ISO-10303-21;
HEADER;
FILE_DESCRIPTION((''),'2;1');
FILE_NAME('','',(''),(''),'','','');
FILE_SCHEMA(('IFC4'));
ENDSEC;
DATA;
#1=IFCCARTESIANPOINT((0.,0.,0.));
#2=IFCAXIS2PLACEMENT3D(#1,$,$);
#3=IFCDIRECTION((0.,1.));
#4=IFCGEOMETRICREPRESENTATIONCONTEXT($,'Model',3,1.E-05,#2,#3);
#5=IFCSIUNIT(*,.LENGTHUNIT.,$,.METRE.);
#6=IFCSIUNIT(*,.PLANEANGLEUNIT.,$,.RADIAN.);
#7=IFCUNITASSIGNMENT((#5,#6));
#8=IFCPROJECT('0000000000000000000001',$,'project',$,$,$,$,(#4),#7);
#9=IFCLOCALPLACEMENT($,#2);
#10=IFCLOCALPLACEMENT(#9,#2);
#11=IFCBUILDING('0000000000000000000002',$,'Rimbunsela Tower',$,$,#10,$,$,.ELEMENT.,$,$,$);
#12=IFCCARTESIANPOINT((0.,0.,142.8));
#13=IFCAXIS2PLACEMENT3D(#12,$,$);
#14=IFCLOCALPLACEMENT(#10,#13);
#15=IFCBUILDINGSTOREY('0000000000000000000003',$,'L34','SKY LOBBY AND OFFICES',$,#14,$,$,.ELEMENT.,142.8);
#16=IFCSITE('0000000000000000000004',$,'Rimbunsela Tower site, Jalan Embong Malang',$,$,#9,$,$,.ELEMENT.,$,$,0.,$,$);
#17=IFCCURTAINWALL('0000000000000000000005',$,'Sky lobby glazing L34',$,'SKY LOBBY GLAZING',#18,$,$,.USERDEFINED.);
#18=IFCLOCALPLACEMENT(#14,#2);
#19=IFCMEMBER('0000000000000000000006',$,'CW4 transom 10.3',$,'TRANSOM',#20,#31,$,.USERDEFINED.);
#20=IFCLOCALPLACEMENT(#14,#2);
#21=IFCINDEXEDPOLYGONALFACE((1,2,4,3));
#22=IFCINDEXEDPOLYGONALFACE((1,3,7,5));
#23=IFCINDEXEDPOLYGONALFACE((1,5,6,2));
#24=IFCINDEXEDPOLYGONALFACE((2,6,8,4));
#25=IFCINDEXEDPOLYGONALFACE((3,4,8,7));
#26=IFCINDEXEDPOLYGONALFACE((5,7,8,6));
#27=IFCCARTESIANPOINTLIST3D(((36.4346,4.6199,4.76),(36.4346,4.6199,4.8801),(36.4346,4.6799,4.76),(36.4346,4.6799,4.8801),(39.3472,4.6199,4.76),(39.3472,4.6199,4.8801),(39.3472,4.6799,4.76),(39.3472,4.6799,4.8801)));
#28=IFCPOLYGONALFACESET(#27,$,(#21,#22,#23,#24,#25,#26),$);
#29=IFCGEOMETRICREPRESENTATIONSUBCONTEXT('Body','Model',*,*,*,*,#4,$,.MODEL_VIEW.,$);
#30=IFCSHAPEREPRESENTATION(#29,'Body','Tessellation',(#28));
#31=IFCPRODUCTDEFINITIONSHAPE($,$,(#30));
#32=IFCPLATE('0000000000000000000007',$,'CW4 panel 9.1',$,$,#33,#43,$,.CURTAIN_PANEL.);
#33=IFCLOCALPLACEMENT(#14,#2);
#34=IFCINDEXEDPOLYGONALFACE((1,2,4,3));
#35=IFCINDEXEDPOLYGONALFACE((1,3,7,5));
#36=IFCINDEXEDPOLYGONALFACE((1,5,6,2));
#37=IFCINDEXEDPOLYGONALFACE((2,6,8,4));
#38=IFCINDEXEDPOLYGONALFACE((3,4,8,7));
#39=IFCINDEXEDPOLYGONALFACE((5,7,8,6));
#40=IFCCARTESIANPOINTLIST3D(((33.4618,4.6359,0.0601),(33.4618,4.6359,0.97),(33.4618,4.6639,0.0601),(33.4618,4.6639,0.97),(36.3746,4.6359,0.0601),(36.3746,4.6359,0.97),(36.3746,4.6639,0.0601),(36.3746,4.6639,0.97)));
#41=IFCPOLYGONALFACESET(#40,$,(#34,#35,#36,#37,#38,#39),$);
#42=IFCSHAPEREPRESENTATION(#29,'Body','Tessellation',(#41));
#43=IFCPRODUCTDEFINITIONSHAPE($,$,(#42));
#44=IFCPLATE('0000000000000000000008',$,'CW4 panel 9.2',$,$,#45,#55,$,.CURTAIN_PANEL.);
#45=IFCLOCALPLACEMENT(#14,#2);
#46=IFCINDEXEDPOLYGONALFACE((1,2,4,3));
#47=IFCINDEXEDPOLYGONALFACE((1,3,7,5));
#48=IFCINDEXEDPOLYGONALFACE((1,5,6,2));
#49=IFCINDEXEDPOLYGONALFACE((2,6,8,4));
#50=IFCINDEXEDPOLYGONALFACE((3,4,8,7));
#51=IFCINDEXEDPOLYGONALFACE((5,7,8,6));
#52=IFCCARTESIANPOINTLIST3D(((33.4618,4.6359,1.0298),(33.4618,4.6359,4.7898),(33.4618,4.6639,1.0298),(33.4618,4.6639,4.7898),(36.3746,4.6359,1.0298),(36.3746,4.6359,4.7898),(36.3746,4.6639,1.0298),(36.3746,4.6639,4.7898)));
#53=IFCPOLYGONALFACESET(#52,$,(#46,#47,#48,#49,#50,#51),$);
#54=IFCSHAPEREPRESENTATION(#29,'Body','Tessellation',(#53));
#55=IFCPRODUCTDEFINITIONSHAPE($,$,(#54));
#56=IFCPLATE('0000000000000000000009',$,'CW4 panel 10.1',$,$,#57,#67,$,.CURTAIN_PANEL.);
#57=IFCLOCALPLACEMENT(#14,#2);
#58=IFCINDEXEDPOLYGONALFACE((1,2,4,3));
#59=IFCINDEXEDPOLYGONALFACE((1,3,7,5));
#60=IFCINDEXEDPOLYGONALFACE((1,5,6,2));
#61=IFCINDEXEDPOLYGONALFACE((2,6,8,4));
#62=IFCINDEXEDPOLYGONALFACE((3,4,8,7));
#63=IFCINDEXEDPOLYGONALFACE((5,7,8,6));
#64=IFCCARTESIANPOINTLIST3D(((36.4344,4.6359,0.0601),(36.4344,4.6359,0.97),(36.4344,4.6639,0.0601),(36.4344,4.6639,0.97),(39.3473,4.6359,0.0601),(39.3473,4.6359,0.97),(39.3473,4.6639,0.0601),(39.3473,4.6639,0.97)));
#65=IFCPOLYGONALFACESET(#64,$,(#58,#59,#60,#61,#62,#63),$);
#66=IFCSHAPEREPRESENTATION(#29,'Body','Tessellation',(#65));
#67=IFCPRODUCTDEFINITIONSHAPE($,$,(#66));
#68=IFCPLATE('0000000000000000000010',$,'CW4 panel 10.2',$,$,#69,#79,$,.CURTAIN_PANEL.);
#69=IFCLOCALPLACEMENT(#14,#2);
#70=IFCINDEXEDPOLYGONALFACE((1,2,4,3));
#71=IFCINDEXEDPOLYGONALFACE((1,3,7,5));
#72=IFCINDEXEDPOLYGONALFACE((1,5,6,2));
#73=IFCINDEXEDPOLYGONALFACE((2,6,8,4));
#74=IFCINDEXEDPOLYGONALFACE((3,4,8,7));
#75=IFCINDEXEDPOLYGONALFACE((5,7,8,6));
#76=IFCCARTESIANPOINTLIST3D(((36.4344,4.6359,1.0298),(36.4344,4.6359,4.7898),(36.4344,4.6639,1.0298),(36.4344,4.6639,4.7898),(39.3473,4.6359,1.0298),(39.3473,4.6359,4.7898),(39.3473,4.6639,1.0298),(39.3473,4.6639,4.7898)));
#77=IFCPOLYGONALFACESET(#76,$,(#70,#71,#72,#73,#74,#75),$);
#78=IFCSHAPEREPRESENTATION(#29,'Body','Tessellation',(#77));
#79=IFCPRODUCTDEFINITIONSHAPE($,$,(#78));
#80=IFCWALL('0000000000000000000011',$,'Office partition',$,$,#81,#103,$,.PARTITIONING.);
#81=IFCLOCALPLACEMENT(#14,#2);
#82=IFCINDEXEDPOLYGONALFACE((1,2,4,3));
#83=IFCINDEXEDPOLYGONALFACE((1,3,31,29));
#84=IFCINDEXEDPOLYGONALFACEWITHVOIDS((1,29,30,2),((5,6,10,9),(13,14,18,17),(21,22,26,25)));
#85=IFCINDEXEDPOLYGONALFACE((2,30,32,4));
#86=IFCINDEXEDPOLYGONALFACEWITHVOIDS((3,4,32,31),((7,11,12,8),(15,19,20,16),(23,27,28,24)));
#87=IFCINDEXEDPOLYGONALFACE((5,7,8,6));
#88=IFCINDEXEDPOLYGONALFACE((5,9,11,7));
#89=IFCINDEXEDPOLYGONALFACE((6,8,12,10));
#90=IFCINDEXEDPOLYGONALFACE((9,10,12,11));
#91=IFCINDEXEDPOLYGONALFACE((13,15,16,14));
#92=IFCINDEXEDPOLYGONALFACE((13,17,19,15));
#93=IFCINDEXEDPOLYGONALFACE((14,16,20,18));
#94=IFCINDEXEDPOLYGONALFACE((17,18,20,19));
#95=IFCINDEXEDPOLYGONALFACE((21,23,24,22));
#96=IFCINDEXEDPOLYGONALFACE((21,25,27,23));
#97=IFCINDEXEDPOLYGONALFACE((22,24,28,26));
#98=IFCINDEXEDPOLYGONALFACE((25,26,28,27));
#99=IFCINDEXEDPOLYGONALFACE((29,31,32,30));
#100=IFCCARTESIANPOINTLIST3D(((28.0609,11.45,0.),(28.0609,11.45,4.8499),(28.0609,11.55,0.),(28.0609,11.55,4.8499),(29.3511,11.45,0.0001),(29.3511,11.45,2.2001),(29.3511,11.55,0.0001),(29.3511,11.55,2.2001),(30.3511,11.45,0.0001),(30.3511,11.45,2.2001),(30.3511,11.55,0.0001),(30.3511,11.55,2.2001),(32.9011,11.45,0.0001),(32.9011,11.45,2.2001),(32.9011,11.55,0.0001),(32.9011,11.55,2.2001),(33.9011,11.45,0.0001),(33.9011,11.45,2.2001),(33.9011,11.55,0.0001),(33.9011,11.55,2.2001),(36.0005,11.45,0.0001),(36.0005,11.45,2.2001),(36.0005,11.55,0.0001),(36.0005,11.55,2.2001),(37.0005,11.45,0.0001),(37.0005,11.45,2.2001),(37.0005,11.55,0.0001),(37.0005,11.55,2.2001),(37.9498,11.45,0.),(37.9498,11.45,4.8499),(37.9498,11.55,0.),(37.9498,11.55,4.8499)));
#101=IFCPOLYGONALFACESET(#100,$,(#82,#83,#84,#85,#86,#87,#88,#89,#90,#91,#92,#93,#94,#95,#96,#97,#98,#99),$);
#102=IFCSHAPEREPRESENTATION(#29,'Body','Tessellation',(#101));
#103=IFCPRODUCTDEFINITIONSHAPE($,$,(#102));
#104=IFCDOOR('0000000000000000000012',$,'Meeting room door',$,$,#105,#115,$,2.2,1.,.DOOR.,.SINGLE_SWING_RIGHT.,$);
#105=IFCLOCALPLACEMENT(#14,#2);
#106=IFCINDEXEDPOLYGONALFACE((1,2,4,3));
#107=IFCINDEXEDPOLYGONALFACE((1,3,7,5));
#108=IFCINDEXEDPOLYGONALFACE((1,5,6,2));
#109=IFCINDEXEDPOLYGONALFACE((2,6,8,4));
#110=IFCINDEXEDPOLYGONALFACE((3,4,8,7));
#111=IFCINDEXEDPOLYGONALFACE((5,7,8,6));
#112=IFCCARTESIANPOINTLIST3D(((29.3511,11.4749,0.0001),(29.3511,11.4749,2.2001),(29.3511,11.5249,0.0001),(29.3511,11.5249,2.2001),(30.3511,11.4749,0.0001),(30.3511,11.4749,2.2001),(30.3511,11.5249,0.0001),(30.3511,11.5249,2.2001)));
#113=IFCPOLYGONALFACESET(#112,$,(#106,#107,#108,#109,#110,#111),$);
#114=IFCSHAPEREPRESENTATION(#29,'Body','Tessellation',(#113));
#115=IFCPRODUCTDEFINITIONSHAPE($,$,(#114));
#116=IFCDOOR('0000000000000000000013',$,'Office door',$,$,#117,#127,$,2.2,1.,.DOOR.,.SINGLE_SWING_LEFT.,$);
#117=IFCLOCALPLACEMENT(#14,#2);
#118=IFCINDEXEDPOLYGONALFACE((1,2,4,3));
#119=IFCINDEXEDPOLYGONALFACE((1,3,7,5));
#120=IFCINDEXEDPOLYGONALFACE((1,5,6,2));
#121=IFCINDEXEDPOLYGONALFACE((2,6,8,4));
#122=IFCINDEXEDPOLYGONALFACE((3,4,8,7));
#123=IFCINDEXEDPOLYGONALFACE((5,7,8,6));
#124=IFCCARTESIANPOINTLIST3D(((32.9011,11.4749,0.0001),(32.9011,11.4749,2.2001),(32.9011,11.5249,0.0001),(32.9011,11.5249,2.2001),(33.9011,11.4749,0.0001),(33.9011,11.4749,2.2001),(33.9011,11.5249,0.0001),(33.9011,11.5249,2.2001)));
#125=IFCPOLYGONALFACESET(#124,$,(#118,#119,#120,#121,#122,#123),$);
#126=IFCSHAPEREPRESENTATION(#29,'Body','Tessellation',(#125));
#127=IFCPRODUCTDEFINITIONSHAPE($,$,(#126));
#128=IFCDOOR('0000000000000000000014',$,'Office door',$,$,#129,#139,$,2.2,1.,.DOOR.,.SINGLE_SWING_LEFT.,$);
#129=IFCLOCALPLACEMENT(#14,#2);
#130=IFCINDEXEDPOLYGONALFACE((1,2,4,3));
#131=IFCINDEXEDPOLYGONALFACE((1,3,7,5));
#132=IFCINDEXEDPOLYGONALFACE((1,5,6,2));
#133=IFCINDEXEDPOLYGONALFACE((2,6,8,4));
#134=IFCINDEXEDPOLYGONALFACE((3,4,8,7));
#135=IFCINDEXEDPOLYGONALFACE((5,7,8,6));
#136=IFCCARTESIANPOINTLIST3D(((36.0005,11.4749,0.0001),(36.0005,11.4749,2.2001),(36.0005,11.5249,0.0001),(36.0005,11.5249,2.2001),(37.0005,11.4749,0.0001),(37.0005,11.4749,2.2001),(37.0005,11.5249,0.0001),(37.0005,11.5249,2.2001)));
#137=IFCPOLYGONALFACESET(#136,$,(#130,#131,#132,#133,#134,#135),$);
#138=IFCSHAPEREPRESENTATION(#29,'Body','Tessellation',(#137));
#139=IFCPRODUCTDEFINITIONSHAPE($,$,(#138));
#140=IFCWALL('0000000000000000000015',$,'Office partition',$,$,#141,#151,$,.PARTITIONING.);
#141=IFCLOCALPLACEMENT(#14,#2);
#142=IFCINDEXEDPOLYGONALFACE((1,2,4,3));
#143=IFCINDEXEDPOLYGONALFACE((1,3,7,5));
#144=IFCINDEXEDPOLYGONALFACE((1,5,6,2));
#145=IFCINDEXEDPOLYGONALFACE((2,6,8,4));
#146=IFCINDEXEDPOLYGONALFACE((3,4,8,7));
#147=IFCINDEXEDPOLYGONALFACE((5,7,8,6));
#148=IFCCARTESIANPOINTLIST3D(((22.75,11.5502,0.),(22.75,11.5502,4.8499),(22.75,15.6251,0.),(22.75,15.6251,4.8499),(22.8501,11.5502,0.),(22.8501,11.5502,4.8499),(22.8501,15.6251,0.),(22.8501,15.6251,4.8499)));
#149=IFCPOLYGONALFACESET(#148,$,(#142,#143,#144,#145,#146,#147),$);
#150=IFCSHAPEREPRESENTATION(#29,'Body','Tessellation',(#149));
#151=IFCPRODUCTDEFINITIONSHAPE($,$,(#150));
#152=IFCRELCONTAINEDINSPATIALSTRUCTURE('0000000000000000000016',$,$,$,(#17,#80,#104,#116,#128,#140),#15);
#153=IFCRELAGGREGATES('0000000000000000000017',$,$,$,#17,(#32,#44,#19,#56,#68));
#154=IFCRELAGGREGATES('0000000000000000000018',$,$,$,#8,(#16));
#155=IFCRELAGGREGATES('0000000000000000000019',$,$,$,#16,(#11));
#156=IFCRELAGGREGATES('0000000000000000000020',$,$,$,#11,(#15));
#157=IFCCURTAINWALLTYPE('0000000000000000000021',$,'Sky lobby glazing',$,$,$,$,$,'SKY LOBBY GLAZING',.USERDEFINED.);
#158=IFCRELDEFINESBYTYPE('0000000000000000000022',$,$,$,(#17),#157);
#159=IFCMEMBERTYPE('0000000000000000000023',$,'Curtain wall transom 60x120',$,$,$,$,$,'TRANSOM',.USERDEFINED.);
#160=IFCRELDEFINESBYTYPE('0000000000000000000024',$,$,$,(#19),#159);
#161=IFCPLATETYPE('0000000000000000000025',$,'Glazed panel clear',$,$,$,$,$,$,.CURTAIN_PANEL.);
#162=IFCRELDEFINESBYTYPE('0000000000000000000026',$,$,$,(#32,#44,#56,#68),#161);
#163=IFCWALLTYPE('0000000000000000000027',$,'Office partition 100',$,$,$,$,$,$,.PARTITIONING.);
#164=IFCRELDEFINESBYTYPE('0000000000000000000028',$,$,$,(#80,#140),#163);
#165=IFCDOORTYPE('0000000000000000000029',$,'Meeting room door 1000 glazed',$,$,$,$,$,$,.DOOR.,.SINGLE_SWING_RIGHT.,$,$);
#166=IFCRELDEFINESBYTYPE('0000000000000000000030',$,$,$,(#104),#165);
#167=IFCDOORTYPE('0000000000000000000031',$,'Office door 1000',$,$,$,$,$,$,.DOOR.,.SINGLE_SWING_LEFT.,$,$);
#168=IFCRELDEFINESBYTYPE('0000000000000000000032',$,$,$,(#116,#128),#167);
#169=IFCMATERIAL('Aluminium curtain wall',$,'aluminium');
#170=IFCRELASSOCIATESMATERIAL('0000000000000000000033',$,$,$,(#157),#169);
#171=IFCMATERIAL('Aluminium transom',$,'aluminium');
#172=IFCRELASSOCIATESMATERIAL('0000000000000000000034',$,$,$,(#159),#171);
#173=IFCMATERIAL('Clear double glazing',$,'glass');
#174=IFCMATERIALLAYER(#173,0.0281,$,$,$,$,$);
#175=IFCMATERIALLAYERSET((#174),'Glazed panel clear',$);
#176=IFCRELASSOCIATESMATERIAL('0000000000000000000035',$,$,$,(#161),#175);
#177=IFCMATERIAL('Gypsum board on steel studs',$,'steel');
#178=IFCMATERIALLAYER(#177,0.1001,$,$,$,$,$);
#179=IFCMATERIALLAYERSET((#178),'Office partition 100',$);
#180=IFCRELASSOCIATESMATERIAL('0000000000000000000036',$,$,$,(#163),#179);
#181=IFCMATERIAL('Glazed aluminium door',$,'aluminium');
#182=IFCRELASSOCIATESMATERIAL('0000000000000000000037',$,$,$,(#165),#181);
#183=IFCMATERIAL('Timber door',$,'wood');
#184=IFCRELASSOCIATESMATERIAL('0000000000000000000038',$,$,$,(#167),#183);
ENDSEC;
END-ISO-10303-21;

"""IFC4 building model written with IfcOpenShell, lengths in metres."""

from ifc_helpers import new_model, si_unit, direction, frame, frame_2d, origin, origin_2d, place, context, subcontext, project, spatial, rectangle, extrude, material, layer, layer_set, material_profile, profile_set, type_object, element, fill, aggregate, save


model = new_model("IFC4")

# Units and contexts
model_context = context("Model", 3, precision=1e-05, world=origin(), true_north=direction((0.0, 1.0)))
body_context = subcontext(model_context, "Body", "Model", "MODEL_VIEW")
ifc_project = project(units=[si_unit("LENGTHUNIT", "METRE"), si_unit("PLANEANGLEUNIT", "RADIAN")], contexts=[model_context])

# Site, building, storey
site_placement = place(None, origin())
site = spatial("IfcSite", under=ifc_project, at=site_placement, Name="Rimbunsela Tower site, Jalan Embong Malang", CompositionType="ELEMENT", RefElevation=0.0)
building_placement = place(site_placement, origin())
building = spatial("IfcBuilding", under=site, at=building_placement, Name="Rimbunsela Tower", CompositionType="ELEMENT")
storey_placement = place(building_placement, frame((0.0, 0.0, 142.8)))
storey = spatial("IfcBuildingStorey", under=building, at=storey_placement, Name="L34", Description="SKY LOBBY AND OFFICES", CompositionType="ELEMENT", Elevation=142.8)

# Curtain wall, member, plates
ifc_material_1 = material(Name="Aluminium curtain wall", Category="aluminium")
curtain_wall_type = type_object("IfcCurtainWallType", Name="Sky lobby glazing", ElementType="SKY LOBBY GLAZING", PredefinedType="USERDEFINED", material=ifc_material_1)
curtain_wall_placement = place(storey_placement, origin())
curtain_wall = element("IfcCurtainWall", 1, at=curtain_wall_placement, inside=storey, type_object=curtain_wall_type, Name="Sky lobby glazing L34", ObjectType="SKY LOBBY GLAZING", PredefinedType="USERDEFINED")
ifc_material_2 = material(Name="Aluminium transom", Category="aluminium")
ifc_material_profile_1 = material_profile(ifc_material_2, rectangle(XDim=0.0601, YDim=0.1201, at=origin_2d()), Name="Transom 60x120")
ifc_profile_set_1 = profile_set([ifc_material_profile_1], Name="Aluminium transom")
member_type_1 = type_object("IfcMemberType", Name="Curtain wall transom 60x120", ElementType="TRANSOM", PredefinedType="USERDEFINED", material=ifc_profile_set_1)
member_1_placement = place(storey_placement, frame((36.4346, 4.6499, 4.8201), z_axis=(1.0, 0.0, 0.0), x_axis=(0.0, 1.0, 0.0)))
member_1 = element("IfcMember", 2, at=member_1_placement, type_object=member_type_1, Name="CW4 transom 10.3", ObjectType="TRANSOM", PredefinedType="USERDEFINED", context=body_context, shape_type="SweptSolid", body=[
    extrude(rectangle(XDim=0.0601, YDim=0.1201, at=origin_2d()), origin(), (0.0, 0.0, 1.0), 2.9126),
])
ifc_material_3 = material(Name="Clear double glazing", Category="glass")
ifc_layer_1 = layer(ifc_material_3, 0.0281)
ifc_layer_set_1 = layer_set([ifc_layer_1], Name="Glazed panel clear")
plate_type = type_object("IfcPlateType", Name="Glazed panel clear", PredefinedType="CURTAIN_PANEL", material=ifc_layer_set_1)
plate_1_placement = place(storey_placement, frame((34.9182, 4.6499, 0.0601), z_axis=(0.0, 0.0, 1.0), x_axis=(1.0, 0.0, 0.0)))
plate_1 = element("IfcPlate", 3, at=plate_1_placement, type_object=plate_type, Name="CW4 panel 9.1", PredefinedType="CURTAIN_PANEL", context=body_context, shape_type="SweptSolid", body=[
    extrude(rectangle(XDim=2.9128, YDim=0.0281, at=origin_2d()), origin(), (0.0, 0.0, 1.0), 0.9099),
])
plate_2_placement = place(storey_placement, frame((34.9182, 4.6499, 1.0298), z_axis=(0.0, 0.0, 1.0), x_axis=(1.0, 0.0, 0.0)))
plate_2 = element("IfcPlate", 4, at=plate_2_placement, type_object=plate_type, Name="CW4 panel 9.2", PredefinedType="CURTAIN_PANEL", context=body_context, shape_type="SweptSolid", body=[
    extrude(rectangle(XDim=2.9128, YDim=0.0281, at=origin_2d()), origin(), (0.0, 0.0, 1.0), 3.76),
])
plate_3_placement = place(storey_placement, frame((37.8909, 4.6499, 0.0601), z_axis=(0.0, 0.0, 1.0), x_axis=(1.0, 0.0, 0.0)))
plate_3 = element("IfcPlate", 5, at=plate_3_placement, type_object=plate_type, Name="CW4 panel 10.1", PredefinedType="CURTAIN_PANEL", context=body_context, shape_type="SweptSolid", body=[
    extrude(rectangle(XDim=2.9128, YDim=0.0281, at=origin_2d()), origin(), (0.0, 0.0, 1.0), 0.9099),
])
plate_4_placement = place(storey_placement, frame((37.8909, 4.6499, 1.0298), z_axis=(0.0, 0.0, 1.0), x_axis=(1.0, 0.0, 0.0)))
plate_4 = element("IfcPlate", 6, at=plate_4_placement, type_object=plate_type, Name="CW4 panel 10.2", PredefinedType="CURTAIN_PANEL", context=body_context, shape_type="SweptSolid", body=[
    extrude(rectangle(XDim=2.9128, YDim=0.0281, at=origin_2d()), origin(), (0.0, 0.0, 1.0), 3.76),
])
aggregate(curtain_wall, [plate_1, plate_2, member_1, plate_3, plate_4])

# Wall, openings, doors
ifc_material_4 = material(Name="Gypsum board on steel studs", Category="steel")
ifc_layer_2 = layer(ifc_material_4, 0.1001)
ifc_layer_set_2 = layer_set([ifc_layer_2], Name="Office partition 100")
wall_type = type_object("IfcWallType", Name="Office partition 100", PredefinedType="PARTITIONING", material=ifc_layer_set_2)
wall_1_placement = place(storey_placement, frame((28.061, 11.5, 0.0), z_axis=(0.0, 0.0, 1.0), x_axis=(1.0, 0.0, 0.0)))
wall_1 = element("IfcWall", 7, at=wall_1_placement, inside=storey, type_object=wall_type, Name="Office partition", PredefinedType="PARTITIONING", context=body_context, shape_type="SweptSolid", body=[
    extrude(rectangle(XDim=9.8889, YDim=0.1001, at=frame_2d((4.9443, 0.0))), origin(), (0.0, 0.0, 1.0), 4.8499),
])
opening_1_placement = place(wall_1_placement, frame((1.29, 0.0, 0.0)))
opening_1 = element("IfcOpeningElement", 8, at=opening_1_placement, cuts=wall_1, PredefinedType="OPENING", context=body_context, shape_type="SweptSolid", body=[
    extrude(rectangle(XDim=1.0, YDim=2.2, at=frame_2d((0.5, 1.1001))), frame((0.0, 0.0601, 0.0), z_axis=(0.0, -1.0, 0.0), x_axis=(1.0, 0.0, 0.0)), (0.0, 0.0, 1.0), 0.1201),
])
opening_2_placement = place(wall_1_placement, frame((4.8401, 0.0, 0.0)))
opening_2 = element("IfcOpeningElement", 9, at=opening_2_placement, cuts=wall_1, PredefinedType="OPENING", context=body_context, shape_type="SweptSolid", body=[
    extrude(rectangle(XDim=1.0, YDim=2.2, at=frame_2d((0.5, 1.1001))), frame((0.0, 0.0601, 0.0), z_axis=(0.0, -1.0, 0.0), x_axis=(1.0, 0.0, 0.0)), (0.0, 0.0, 1.0), 0.1201),
])
opening_3_placement = place(wall_1_placement, frame((7.9395, 0.0, 0.0)))
opening_3 = element("IfcOpeningElement", 10, at=opening_3_placement, cuts=wall_1, PredefinedType="OPENING", context=body_context, shape_type="SweptSolid", body=[
    extrude(rectangle(XDim=1.0, YDim=2.2, at=frame_2d((0.5, 1.1001))), frame((0.0, 0.0601, 0.0), z_axis=(0.0, -1.0, 0.0), x_axis=(1.0, 0.0, 0.0)), (0.0, 0.0, 1.0), 0.1201),
])
ifc_material_5 = material(Name="Glazed aluminium door", Category="aluminium")
door_type_1 = type_object("IfcDoorType", Name="Meeting room door 1000 glazed", OperationType="SINGLE_SWING_RIGHT", PredefinedType="DOOR", material=ifc_material_5)
door_1_placement = place(opening_1_placement, origin())
door_1 = element("IfcDoor", 11, at=door_1_placement, inside=storey, type_object=door_type_1, Name="Meeting room door", OperationType="SINGLE_SWING_RIGHT", OverallHeight=2.2, OverallWidth=1.0, PredefinedType="DOOR", context=body_context, shape_type="SweptSolid", body=[
    extrude(rectangle(XDim=1.0, YDim=2.2, at=frame_2d((0.5, 1.1001))), frame((0.0, 0.0249, 0.0), z_axis=(0.0, -1.0, 0.0), x_axis=(1.0, 0.0, 0.0)), (0.0, 0.0, 1.0), 0.05),
])
fill(opening_1, door_1)
ifc_material_6 = material(Name="Timber door", Category="wood")
door_type_2 = type_object("IfcDoorType", Name="Office door 1000", OperationType="SINGLE_SWING_LEFT", PredefinedType="DOOR", material=ifc_material_6)
door_2_placement = place(opening_2_placement, origin())
door_2 = element("IfcDoor", 12, at=door_2_placement, inside=storey, type_object=door_type_2, Name="Office door", OperationType="SINGLE_SWING_LEFT", OverallHeight=2.2, OverallWidth=1.0, PredefinedType="DOOR", context=body_context, shape_type="SweptSolid", body=[
    extrude(rectangle(XDim=1.0, YDim=2.2, at=frame_2d((0.5, 1.1001))), frame((0.0, 0.0249, 0.0), z_axis=(0.0, -1.0, 0.0), x_axis=(1.0, 0.0, 0.0)), (0.0, 0.0, 1.0), 0.05),
])
fill(opening_2, door_2)
door_3_placement = place(opening_3_placement, origin())
door_3 = element("IfcDoor", 13, at=door_3_placement, inside=storey, type_object=door_type_2, Name="Office door", OperationType="SINGLE_SWING_LEFT", OverallHeight=2.2, OverallWidth=1.0, PredefinedType="DOOR", context=body_context, shape_type="SweptSolid", body=[
    extrude(rectangle(XDim=1.0, YDim=2.2, at=frame_2d((0.5, 1.1001))), frame((0.0, 0.0249, 0.0), z_axis=(0.0, -1.0, 0.0), x_axis=(1.0, 0.0, 0.0)), (0.0, 0.0, 1.0), 0.05),
])
fill(opening_3, door_3)

# Wall
wall_2_placement = place(storey_placement, frame((22.8, 11.55, 0.0), z_axis=(0.0, 0.0, 1.0), x_axis=(0.0, 1.0, 0.0)))
element("IfcWall", 14, at=wall_2_placement, inside=storey, type_object=wall_type, Name="Office partition", PredefinedType="PARTITIONING", context=body_context, shape_type="SweptSolid", body=[
    extrude(rectangle(XDim=4.075, YDim=0.1001, at=frame_2d((2.0376, 0.0))), origin(), (0.0, 0.0, 1.0), 4.8499),
])

save(model, "model.ifc")
